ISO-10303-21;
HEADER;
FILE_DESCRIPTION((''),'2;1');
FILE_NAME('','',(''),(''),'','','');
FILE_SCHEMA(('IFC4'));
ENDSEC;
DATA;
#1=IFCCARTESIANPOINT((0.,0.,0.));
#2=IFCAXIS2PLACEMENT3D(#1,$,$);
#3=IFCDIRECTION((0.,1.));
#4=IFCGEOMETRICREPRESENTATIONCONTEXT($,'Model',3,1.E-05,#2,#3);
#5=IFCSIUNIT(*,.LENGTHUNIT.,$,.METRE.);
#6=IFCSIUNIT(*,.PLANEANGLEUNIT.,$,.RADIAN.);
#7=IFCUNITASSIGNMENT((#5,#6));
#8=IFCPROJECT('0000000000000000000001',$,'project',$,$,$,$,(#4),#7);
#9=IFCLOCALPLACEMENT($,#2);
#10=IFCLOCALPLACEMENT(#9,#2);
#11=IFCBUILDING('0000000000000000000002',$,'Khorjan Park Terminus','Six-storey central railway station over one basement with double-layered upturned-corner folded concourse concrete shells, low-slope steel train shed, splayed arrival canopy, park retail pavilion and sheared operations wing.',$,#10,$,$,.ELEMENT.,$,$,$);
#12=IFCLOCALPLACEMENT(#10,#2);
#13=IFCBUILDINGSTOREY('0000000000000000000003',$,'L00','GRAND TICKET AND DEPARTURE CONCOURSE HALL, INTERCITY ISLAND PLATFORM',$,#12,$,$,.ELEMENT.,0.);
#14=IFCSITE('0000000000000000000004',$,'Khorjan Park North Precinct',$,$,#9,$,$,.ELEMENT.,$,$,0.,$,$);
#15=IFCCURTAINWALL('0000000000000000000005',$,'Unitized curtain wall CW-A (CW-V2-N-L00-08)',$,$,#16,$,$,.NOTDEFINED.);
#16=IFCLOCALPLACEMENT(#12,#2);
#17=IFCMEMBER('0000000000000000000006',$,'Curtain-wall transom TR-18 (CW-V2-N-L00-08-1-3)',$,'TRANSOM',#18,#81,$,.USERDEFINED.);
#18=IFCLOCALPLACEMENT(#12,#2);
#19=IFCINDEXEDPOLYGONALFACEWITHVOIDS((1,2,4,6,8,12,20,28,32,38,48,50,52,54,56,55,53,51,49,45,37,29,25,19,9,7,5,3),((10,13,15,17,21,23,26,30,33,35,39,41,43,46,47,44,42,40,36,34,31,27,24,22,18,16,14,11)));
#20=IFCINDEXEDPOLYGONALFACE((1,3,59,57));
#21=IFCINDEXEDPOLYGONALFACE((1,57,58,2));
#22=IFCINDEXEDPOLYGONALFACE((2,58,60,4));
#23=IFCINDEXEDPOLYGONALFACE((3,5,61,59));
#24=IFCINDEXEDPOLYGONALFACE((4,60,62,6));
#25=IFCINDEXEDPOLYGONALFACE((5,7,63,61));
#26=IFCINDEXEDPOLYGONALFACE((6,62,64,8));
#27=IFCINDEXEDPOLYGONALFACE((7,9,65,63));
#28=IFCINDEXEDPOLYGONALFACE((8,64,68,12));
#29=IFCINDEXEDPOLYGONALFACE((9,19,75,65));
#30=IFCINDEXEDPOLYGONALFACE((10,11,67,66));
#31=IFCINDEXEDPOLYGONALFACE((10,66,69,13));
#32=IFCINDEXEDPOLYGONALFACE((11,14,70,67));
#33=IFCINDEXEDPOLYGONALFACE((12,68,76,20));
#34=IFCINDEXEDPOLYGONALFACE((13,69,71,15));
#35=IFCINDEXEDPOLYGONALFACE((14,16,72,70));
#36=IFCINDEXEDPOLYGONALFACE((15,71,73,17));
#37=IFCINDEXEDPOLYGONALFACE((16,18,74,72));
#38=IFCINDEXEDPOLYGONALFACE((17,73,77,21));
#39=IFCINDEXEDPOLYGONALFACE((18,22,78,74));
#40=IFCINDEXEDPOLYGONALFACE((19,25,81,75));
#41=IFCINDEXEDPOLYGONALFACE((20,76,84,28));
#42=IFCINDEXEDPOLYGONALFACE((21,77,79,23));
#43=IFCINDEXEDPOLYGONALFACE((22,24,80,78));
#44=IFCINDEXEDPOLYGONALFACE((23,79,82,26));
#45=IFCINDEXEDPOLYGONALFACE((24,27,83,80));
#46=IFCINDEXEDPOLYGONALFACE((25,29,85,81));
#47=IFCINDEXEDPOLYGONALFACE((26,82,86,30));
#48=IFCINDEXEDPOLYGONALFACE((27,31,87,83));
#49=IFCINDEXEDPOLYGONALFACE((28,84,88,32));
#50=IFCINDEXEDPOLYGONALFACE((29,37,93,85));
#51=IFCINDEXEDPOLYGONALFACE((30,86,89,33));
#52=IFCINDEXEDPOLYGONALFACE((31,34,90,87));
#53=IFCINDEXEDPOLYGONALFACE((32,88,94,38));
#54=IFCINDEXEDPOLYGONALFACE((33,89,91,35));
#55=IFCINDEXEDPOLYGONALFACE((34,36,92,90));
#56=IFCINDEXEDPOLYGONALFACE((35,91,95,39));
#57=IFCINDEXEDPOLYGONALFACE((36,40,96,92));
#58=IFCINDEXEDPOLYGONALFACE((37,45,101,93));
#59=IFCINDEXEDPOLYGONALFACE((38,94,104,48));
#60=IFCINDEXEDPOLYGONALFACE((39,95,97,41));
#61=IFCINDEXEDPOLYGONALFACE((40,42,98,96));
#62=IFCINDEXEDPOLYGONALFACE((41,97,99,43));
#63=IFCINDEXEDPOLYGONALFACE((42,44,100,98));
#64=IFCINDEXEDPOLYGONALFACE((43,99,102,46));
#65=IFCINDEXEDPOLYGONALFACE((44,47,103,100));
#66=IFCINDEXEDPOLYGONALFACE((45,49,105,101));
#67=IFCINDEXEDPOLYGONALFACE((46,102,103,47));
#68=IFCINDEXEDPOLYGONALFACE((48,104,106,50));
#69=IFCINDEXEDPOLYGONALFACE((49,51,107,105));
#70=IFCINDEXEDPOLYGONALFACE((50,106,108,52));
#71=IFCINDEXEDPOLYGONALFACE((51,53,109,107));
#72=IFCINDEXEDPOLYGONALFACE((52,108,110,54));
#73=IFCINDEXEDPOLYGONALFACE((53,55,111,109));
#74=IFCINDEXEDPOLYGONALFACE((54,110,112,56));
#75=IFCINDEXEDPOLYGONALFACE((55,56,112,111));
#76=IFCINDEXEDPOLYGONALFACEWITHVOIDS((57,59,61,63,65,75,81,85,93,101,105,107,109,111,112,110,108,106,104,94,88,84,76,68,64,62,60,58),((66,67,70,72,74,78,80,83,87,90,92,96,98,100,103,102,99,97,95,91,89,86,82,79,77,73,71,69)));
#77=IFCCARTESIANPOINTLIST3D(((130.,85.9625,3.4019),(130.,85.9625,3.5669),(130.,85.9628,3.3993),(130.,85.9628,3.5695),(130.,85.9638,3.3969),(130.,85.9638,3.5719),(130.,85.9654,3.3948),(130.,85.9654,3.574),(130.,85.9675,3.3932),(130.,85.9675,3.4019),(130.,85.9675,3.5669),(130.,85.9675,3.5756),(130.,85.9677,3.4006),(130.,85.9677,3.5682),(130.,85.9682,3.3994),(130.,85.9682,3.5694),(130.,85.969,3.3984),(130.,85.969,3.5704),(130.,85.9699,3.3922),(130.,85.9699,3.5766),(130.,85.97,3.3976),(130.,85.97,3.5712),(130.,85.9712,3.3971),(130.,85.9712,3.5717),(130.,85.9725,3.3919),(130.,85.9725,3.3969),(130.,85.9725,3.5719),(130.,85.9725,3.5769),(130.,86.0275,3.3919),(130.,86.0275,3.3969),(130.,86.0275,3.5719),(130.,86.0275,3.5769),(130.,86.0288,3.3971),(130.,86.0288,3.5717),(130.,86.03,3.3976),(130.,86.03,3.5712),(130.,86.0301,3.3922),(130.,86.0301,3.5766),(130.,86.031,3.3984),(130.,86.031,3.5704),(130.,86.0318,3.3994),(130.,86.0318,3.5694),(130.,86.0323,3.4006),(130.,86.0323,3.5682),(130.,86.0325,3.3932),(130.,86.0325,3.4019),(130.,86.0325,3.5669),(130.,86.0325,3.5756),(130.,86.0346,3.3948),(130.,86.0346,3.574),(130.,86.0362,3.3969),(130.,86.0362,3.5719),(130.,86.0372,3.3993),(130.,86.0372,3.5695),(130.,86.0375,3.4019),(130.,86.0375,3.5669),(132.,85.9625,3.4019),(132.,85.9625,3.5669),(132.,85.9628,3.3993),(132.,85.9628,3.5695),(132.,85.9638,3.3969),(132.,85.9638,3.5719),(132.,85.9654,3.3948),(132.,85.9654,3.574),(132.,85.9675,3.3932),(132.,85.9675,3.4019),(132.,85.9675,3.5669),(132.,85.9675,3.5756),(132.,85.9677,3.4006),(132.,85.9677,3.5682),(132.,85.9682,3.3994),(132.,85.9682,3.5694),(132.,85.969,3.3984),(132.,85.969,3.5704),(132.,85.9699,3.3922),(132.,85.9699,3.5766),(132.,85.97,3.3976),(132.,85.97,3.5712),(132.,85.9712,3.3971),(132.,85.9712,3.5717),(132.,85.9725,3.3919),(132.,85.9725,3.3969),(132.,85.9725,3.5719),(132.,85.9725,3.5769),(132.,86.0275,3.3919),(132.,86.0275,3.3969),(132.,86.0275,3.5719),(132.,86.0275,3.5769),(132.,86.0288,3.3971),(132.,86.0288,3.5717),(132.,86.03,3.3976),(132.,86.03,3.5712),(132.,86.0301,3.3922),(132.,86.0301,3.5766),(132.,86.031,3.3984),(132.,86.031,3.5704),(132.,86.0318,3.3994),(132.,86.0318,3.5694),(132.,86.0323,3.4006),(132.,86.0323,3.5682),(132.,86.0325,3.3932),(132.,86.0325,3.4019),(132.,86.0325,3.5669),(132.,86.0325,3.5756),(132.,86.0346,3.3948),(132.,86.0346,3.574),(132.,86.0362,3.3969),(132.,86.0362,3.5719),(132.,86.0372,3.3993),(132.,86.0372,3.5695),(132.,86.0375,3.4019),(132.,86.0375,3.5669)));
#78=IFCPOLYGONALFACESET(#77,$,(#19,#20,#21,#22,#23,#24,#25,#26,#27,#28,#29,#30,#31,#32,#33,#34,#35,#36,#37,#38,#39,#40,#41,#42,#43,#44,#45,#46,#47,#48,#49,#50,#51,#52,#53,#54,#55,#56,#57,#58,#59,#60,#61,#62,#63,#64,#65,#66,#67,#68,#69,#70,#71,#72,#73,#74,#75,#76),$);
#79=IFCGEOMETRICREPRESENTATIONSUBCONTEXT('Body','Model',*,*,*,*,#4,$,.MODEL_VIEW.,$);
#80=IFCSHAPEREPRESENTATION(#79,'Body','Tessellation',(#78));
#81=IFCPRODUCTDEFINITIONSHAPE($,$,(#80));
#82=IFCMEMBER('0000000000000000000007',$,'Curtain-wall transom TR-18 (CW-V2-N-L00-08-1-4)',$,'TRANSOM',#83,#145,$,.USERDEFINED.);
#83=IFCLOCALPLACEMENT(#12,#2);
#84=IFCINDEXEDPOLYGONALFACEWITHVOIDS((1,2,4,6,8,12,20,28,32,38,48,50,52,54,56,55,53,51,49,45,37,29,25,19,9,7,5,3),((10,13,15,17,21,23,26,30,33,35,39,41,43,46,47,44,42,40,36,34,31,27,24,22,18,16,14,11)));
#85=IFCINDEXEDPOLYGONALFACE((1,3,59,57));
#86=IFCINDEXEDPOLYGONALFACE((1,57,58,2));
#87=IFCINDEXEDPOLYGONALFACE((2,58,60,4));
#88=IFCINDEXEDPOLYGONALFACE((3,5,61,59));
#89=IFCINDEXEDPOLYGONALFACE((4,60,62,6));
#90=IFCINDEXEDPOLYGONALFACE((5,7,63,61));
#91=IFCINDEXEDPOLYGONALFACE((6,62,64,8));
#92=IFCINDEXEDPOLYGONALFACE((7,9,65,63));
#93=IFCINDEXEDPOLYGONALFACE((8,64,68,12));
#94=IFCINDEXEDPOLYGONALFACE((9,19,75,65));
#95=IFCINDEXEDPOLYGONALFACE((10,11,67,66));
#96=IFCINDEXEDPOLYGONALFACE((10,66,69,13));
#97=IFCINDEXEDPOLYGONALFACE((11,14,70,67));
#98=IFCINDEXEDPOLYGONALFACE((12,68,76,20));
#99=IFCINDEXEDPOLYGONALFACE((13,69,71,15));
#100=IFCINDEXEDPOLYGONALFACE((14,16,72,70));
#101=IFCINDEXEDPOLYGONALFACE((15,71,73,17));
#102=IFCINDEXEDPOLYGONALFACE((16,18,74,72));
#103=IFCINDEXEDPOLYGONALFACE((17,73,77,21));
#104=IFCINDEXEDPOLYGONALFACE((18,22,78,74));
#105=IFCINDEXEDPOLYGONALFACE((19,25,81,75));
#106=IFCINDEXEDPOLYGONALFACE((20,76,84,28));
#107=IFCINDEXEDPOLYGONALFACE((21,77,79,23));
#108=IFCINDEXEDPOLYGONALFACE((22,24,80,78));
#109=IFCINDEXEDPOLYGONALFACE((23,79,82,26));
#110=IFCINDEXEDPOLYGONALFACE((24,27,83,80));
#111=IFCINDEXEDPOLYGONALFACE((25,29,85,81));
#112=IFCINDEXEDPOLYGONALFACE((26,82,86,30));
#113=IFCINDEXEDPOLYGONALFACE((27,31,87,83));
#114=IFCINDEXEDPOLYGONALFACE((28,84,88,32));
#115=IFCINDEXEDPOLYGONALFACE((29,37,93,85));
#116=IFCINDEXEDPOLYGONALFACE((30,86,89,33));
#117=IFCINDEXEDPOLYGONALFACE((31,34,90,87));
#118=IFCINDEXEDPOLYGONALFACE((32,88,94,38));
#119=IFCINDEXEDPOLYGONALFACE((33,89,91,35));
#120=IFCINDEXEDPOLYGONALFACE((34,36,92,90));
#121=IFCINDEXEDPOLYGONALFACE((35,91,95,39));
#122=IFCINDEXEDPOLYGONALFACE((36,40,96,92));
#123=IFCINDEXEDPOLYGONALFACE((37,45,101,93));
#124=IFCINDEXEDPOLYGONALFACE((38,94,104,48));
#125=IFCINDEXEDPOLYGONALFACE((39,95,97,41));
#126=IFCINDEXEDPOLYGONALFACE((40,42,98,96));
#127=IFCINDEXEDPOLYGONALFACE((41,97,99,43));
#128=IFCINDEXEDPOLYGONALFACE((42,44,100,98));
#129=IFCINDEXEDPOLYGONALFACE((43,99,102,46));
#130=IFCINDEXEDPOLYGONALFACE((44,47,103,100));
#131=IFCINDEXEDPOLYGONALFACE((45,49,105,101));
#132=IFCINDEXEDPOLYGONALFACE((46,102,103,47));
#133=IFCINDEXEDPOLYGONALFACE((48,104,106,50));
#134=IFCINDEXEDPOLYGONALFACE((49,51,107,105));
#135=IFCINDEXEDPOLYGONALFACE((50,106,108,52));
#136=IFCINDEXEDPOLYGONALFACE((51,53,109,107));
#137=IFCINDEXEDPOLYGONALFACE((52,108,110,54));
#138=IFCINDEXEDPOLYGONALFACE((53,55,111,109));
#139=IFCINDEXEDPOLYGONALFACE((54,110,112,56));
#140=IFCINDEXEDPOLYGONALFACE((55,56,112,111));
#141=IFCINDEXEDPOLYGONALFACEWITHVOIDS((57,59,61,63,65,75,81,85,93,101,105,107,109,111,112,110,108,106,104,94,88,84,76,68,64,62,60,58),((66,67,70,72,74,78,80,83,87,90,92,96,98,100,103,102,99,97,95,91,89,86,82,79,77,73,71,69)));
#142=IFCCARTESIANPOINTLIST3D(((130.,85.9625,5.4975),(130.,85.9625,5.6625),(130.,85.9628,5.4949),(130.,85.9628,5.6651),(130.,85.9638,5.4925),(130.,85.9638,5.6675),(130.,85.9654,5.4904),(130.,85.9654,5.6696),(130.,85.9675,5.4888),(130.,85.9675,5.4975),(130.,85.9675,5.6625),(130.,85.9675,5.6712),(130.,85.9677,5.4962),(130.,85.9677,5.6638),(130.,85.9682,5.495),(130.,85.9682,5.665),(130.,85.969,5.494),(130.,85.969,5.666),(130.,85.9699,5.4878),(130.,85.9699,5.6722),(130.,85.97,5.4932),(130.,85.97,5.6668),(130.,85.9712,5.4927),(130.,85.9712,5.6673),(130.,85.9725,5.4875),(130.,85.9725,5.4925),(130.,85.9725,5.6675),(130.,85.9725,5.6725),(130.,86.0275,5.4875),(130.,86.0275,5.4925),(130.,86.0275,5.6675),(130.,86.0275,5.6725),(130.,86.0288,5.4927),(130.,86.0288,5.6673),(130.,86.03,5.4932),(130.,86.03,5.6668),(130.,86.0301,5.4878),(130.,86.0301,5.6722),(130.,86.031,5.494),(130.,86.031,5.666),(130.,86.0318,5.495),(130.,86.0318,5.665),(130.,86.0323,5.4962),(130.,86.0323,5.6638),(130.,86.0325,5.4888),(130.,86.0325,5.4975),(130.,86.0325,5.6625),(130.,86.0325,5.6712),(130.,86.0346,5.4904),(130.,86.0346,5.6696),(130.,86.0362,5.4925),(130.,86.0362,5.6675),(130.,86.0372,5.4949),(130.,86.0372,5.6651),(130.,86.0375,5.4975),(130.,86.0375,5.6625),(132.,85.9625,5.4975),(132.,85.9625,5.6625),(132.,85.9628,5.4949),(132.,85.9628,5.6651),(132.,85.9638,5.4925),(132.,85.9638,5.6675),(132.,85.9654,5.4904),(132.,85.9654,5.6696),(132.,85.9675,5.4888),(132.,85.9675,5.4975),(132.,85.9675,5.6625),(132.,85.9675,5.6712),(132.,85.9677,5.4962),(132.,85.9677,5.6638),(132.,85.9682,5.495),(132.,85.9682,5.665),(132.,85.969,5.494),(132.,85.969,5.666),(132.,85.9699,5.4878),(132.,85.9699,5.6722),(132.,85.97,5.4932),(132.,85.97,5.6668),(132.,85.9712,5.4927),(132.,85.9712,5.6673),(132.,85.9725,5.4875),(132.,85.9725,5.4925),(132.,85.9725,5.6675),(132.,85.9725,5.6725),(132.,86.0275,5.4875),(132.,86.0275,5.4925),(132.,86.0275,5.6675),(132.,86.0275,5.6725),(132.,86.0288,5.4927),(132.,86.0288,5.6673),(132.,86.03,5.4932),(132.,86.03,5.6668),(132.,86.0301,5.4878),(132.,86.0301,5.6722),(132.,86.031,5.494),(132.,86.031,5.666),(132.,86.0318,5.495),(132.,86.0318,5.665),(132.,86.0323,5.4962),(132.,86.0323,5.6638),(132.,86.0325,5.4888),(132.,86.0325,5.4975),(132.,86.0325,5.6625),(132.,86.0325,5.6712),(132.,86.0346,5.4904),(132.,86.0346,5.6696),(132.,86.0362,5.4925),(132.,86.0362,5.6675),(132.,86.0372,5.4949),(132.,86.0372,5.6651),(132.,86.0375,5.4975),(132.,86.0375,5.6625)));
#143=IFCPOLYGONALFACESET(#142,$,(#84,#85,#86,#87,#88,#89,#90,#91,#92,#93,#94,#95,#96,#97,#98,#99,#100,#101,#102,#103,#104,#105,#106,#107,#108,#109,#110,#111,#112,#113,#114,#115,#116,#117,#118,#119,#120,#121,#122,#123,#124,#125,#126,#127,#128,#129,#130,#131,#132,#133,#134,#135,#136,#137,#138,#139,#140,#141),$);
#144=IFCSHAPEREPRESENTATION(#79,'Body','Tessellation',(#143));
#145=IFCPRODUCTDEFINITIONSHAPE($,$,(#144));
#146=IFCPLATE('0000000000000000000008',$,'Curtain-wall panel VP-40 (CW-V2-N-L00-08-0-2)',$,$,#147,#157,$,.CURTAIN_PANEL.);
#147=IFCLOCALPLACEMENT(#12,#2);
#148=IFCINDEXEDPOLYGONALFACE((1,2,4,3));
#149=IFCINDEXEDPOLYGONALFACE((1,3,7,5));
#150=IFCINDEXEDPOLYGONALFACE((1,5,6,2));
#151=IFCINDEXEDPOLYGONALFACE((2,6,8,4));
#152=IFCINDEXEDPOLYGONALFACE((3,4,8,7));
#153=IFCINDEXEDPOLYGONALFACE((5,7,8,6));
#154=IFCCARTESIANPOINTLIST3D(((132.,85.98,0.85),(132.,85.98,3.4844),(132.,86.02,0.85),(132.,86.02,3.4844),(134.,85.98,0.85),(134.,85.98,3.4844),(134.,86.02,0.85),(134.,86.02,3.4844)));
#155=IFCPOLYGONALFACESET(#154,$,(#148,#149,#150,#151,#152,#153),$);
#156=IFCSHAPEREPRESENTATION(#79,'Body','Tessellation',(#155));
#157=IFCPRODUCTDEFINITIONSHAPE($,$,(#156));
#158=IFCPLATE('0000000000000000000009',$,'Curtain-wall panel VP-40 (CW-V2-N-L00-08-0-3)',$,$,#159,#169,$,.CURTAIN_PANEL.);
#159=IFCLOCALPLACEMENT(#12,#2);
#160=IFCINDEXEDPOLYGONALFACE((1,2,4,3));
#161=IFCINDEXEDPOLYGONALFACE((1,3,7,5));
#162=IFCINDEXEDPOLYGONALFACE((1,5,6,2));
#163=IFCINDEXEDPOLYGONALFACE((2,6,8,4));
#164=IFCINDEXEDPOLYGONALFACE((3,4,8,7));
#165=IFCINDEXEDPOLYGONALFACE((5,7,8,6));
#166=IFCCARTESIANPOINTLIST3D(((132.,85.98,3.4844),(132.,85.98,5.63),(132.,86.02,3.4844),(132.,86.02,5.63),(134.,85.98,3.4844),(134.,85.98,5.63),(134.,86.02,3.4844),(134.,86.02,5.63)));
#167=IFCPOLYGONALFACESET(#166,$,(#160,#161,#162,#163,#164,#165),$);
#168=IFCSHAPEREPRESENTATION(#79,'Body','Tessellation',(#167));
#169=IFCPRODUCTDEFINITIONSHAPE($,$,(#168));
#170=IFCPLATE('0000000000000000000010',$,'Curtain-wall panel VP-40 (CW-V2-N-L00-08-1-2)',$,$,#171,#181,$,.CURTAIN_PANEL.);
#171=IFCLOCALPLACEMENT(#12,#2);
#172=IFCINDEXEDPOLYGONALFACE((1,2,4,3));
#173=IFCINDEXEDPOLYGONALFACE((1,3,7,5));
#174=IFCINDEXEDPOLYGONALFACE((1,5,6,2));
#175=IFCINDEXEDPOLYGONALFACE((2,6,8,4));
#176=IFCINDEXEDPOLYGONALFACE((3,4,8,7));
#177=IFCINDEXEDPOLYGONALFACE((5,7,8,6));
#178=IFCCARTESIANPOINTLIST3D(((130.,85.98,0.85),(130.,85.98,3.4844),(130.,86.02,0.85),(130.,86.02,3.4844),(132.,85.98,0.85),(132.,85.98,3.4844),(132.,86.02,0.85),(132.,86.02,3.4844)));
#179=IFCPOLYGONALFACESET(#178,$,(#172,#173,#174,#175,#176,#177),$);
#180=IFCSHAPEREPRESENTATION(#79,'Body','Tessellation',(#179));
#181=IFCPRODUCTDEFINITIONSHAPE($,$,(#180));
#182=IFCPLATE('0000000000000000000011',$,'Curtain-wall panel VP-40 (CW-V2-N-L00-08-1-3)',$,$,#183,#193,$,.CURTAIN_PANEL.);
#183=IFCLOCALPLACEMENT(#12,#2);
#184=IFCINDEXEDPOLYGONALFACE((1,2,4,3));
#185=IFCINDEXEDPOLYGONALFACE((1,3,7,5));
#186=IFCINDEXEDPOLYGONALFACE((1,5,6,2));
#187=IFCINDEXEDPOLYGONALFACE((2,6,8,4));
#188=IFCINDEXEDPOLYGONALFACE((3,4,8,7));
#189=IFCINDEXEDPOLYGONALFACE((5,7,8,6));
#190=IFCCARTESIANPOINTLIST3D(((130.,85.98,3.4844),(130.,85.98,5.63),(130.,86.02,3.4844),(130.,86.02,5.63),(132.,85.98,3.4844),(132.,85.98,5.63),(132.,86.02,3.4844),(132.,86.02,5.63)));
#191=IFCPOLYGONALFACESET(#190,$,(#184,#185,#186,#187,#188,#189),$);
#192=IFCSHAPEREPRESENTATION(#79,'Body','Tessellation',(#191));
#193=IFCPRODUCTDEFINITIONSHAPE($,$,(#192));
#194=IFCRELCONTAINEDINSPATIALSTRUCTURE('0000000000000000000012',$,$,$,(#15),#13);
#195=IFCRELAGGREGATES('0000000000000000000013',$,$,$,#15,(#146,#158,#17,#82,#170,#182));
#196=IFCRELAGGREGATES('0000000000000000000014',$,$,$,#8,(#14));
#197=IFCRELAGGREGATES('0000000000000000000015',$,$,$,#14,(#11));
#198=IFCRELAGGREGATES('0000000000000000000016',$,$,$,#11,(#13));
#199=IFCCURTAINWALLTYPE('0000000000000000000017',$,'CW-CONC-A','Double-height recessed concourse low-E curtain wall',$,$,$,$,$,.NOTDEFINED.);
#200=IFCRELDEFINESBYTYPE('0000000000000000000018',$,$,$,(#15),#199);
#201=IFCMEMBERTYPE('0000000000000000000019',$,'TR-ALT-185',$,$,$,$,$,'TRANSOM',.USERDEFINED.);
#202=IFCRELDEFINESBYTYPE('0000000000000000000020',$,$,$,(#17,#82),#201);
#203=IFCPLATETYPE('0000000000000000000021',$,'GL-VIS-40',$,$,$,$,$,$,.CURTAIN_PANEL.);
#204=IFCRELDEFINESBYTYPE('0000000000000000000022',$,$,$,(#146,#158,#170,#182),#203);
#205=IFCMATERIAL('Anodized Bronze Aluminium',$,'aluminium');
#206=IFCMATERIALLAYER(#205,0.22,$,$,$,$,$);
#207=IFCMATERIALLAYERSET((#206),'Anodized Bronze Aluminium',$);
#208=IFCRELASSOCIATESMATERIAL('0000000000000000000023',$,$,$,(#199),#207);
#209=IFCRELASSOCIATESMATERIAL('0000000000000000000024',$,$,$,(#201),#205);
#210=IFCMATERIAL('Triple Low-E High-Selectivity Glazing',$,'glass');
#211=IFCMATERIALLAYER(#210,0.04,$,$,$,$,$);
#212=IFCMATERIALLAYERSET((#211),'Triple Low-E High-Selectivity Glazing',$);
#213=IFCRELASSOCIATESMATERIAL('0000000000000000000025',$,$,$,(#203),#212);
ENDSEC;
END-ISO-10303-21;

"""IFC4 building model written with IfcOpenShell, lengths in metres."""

from ifc_helpers import new_model, si_unit, direction, frame, origin, origin_2d, place, context, subcontext, project, spatial, rectangle, hollow_rectangle, extrude, material, layer, layer_set, material_profile, profile_set, type_object, element, aggregate, save


model = new_model("IFC4")

# Units and contexts
model_context = context("Model", 3, precision=1e-05, world=origin(), true_north=direction((0.0, 1.0)))
body_context = subcontext(model_context, "Body", "Model", "MODEL_VIEW")
ifc_project = project(units=[si_unit("LENGTHUNIT", "METRE"), si_unit("PLANEANGLEUNIT", "RADIAN")], contexts=[model_context])

# Site, building, storey
site_placement = place(None, origin())
site = spatial("IfcSite", under=ifc_project, at=site_placement, Name="Khorjan Park North Precinct", CompositionType="ELEMENT", RefElevation=0.0)
building_placement = place(site_placement, origin())
building = spatial("IfcBuilding", under=site, at=building_placement, Name="Khorjan Park Terminus", Description="Six-storey central railway station over one basement with double-layered upturned-corner folded concourse concrete shells, low-slope steel train shed, splayed arrival canopy, park retail pavilion and sheared operations wing.", CompositionType="ELEMENT")
storey_placement = place(building_placement, origin())
storey = spatial("IfcBuildingStorey", under=building, at=storey_placement, Name="L00", Description="GRAND TICKET AND DEPARTURE CONCOURSE HALL, INTERCITY ISLAND PLATFORM", CompositionType="ELEMENT", Elevation=0.0)

# Curtain wall, members, plates
ifc_material_1 = material(Name="Anodized Bronze Aluminium", Category="aluminium")
ifc_layer_1 = layer(ifc_material_1, 0.22)
ifc_layer_set_1 = layer_set([ifc_layer_1], Name="Anodized Bronze Aluminium")
curtain_wall_type = type_object("IfcCurtainWallType", Name="CW-CONC-A", Description="Double-height recessed concourse low-E curtain wall", PredefinedType="NOTDEFINED", material=ifc_layer_set_1)
curtain_wall_1_placement = place(storey_placement, origin())
curtain_wall_1 = element("IfcCurtainWall", 1, at=curtain_wall_1_placement, inside=storey, type_object=curtain_wall_type, Name="Unitized curtain wall CW-A (CW-V2-N-L00-08)", PredefinedType="NOTDEFINED")
ifc_material_profile_1 = material_profile(ifc_material_1, hollow_rectangle(XDim=0.075, YDim=0.185, WallThickness=0.005, InnerFilletRadius=0.005, OuterFilletRadius=0.01, at=origin_2d()), Name="ALT 75x185x5")
ifc_profile_set_1 = profile_set([ifc_material_profile_1], Name="Anodized Bronze Aluminium")
member_type_1 = type_object("IfcMemberType", Name="TR-ALT-185", ElementType="TRANSOM", PredefinedType="USERDEFINED", material=ifc_profile_set_1)
member_1_placement = place(storey_placement, frame((132.0, 86.0, 3.4844), z_axis=(-1.0, 0.0, 0.0), x_axis=(0.0, -1.0, 0.0)))
member_1 = element("IfcMember", 2, at=member_1_placement, type_object=member_type_1, Name="Curtain-wall transom TR-18 (CW-V2-N-L00-08-1-3)", ObjectType="TRANSOM", PredefinedType="USERDEFINED", context=body_context, shape_type="SweptSolid", body=[
    extrude(hollow_rectangle(XDim=0.075, YDim=0.185, WallThickness=0.005, InnerFilletRadius=0.005, OuterFilletRadius=0.01, at=origin_2d()), origin(), (0.0, 0.0, 1.0), 2.0),
])
member_2_placement = place(storey_placement, frame((132.0, 86.0, 5.58), z_axis=(-1.0, 0.0, 0.0), x_axis=(0.0, -1.0, 0.0)))
member_2 = element("IfcMember", 3, at=member_2_placement, type_object=member_type_1, Name="Curtain-wall transom TR-18 (CW-V2-N-L00-08-1-4)", ObjectType="TRANSOM", PredefinedType="USERDEFINED", context=body_context, shape_type="SweptSolid", body=[
    extrude(hollow_rectangle(XDim=0.075, YDim=0.185, WallThickness=0.005, InnerFilletRadius=0.005, OuterFilletRadius=0.01, at=origin_2d()), origin(), (0.0, 0.0, 1.0), 2.0),
])
ifc_material_2 = material(Name="Triple Low-E High-Selectivity Glazing", Category="glass")
ifc_layer_2 = layer(ifc_material_2, 0.04)
ifc_layer_set_2 = layer_set([ifc_layer_2], Name="Triple Low-E High-Selectivity Glazing")
plate_type_1 = type_object("IfcPlateType", Name="GL-VIS-40", PredefinedType="CURTAIN_PANEL", material=ifc_layer_set_2)
plate_1_placement = place(storey_placement, frame((133.0, 86.0, 0.85), z_axis=(0.0, 0.0, 1.0), x_axis=(-1.0, 0.0, 0.0)))
plate_1 = element("IfcPlate", 4, at=plate_1_placement, type_object=plate_type_1, Name="Curtain-wall panel VP-40 (CW-V2-N-L00-08-0-2)", PredefinedType="CURTAIN_PANEL", context=body_context, shape_type="SweptSolid", body=[
    extrude(rectangle(XDim=2.0, YDim=0.04, at=origin_2d()), origin(), (0.0, 0.0, 1.0), 2.6344),
])
plate_2_placement = place(storey_placement, frame((133.0, 86.0, 3.4844), z_axis=(0.0, 0.0, 1.0), x_axis=(-1.0, 0.0, 0.0)))
plate_2 = element("IfcPlate", 5, at=plate_2_placement, type_object=plate_type_1, Name="Curtain-wall panel VP-40 (CW-V2-N-L00-08-0-3)", PredefinedType="CURTAIN_PANEL", context=body_context, shape_type="SweptSolid", body=[
    extrude(rectangle(XDim=2.0, YDim=0.04, at=origin_2d()), origin(), (0.0, 0.0, 1.0), 2.1456),
])
plate_3_placement = place(storey_placement, frame((131.0, 86.0, 0.85), z_axis=(0.0, 0.0, 1.0), x_axis=(-1.0, 0.0, 0.0)))
plate_3 = element("IfcPlate", 6, at=plate_3_placement, type_object=plate_type_1, Name="Curtain-wall panel VP-40 (CW-V2-N-L00-08-1-2)", PredefinedType="CURTAIN_PANEL", context=body_context, shape_type="SweptSolid", body=[
    extrude(rectangle(XDim=2.0, YDim=0.04, at=origin_2d()), origin(), (0.0, 0.0, 1.0), 2.6344),
])
plate_4_placement = place(storey_placement, frame((131.0, 86.0, 3.4844), z_axis=(0.0, 0.0, 1.0), x_axis=(-1.0, 0.0, 0.0)))
plate_4 = element("IfcPlate", 7, at=plate_4_placement, type_object=plate_type_1, Name="Curtain-wall panel VP-40 (CW-V2-N-L00-08-1-3)", PredefinedType="CURTAIN_PANEL", context=body_context, shape_type="SweptSolid", body=[
    extrude(rectangle(XDim=2.0, YDim=0.04, at=origin_2d()), origin(), (0.0, 0.0, 1.0), 2.1456),
])

aggregate(curtain_wall_1, [plate_1, plate_2, member_1, member_2, plate_3, plate_4])

save(model, "model.ifc")
